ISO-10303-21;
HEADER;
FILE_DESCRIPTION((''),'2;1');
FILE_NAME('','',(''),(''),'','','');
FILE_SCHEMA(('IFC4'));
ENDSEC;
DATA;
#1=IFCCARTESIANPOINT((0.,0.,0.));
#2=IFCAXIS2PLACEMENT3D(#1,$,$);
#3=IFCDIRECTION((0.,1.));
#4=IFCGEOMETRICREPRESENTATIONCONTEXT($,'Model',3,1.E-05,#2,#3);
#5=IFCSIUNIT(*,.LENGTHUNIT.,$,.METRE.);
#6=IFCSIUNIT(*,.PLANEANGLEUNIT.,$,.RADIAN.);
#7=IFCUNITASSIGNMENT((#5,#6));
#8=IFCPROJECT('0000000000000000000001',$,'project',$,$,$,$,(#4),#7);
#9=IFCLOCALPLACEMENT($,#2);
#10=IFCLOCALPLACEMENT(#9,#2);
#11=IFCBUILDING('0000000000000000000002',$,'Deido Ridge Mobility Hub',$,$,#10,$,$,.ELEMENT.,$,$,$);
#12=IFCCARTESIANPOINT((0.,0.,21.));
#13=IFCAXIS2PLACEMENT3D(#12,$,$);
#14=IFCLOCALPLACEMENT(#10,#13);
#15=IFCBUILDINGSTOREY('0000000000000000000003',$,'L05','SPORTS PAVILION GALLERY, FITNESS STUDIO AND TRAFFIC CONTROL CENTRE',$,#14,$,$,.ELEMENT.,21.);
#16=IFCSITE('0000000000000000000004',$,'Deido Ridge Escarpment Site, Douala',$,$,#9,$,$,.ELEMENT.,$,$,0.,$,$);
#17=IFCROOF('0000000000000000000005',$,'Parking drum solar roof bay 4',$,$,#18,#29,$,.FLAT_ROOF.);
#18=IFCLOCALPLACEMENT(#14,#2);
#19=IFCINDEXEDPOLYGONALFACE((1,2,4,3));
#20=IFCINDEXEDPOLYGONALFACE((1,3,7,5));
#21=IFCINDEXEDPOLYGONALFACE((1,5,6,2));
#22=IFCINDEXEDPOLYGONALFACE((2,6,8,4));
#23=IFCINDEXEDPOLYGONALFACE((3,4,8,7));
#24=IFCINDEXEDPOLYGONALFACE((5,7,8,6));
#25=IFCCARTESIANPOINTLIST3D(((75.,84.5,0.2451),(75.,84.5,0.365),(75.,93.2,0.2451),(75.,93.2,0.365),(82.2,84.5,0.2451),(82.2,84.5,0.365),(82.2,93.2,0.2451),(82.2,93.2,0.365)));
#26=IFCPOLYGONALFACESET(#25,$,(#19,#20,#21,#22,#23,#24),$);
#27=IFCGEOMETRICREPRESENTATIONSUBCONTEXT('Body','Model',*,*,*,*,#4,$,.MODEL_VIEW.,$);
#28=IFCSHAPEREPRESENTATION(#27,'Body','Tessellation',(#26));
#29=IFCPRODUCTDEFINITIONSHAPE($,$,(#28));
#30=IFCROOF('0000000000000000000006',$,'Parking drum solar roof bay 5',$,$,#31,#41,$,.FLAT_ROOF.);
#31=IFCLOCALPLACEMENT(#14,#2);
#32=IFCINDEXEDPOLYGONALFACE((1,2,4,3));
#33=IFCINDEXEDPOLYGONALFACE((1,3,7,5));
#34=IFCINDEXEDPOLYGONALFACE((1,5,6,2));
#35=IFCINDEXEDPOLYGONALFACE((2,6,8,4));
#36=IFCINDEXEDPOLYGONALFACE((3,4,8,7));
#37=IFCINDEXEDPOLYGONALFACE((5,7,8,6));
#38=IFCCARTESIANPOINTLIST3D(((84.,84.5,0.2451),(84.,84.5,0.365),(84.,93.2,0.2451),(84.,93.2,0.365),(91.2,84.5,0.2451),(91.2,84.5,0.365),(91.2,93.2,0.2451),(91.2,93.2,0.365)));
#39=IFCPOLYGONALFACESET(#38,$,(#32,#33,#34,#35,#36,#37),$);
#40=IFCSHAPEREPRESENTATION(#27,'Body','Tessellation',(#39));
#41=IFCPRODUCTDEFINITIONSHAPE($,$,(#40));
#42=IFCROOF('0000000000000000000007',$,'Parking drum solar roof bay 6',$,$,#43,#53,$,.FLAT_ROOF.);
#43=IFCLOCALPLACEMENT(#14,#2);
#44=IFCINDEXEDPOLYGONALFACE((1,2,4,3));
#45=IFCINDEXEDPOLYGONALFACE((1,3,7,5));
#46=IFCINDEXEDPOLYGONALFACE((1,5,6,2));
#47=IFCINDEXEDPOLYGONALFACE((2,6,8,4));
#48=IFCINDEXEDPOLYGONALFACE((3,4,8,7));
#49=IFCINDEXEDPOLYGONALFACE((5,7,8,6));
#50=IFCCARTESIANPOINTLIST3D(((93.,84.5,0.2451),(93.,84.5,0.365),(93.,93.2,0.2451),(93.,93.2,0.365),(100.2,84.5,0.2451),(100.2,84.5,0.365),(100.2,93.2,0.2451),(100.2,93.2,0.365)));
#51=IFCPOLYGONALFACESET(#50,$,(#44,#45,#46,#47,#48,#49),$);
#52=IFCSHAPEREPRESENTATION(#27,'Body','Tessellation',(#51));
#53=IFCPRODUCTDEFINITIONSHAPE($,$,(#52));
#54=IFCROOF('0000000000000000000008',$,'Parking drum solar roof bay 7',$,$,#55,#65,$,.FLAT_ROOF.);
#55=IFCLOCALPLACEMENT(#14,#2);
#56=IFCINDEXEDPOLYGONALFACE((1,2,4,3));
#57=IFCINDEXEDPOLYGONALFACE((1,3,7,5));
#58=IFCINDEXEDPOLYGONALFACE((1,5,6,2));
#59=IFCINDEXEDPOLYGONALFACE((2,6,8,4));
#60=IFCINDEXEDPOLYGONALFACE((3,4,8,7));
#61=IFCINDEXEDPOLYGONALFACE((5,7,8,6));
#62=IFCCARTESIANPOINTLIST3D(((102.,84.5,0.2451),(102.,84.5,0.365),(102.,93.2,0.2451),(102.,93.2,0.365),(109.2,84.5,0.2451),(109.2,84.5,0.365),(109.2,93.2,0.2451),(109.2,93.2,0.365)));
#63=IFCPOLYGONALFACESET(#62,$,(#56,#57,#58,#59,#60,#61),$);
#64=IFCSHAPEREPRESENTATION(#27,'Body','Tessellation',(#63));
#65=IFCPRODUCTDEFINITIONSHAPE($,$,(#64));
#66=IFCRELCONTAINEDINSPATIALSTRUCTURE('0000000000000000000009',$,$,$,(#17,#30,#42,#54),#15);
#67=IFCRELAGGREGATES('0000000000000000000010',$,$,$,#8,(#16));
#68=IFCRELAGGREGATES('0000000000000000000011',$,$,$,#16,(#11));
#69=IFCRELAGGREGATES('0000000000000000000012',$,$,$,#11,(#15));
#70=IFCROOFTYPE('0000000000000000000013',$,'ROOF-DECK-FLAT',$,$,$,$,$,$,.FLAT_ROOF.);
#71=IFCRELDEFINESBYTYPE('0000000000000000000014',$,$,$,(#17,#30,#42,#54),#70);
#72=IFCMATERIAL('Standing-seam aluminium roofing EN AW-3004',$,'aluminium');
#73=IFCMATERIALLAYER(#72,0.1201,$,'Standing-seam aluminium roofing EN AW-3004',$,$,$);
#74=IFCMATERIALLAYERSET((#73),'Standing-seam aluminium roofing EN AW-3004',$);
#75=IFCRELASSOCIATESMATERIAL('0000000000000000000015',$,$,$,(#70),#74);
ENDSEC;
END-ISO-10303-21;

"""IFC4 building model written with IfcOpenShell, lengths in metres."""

from ifc_helpers import new_model, si_unit, direction, frame, origin, place, context, subcontext, project, spatial, polyline, outline, extrude, material, layer, layer_set, type_object, element, save


model = new_model("IFC4")

# Units and contexts
model_context = context("Model", 3, precision=1e-05, world=origin(), true_north=direction((0.0, 1.0)))
body_context = subcontext(model_context, "Body", "Model", "MODEL_VIEW")
ifc_project = project(units=[si_unit("LENGTHUNIT", "METRE"), si_unit("PLANEANGLEUNIT", "RADIAN")], contexts=[model_context])

# Site, building, storey
site_placement = place(None, origin())
site = spatial("IfcSite", under=ifc_project, at=site_placement, Name="Deido Ridge Escarpment Site, Douala", CompositionType="ELEMENT", RefElevation=0.0)
building_placement = place(site_placement, origin())
building = spatial("IfcBuilding", under=site, at=building_placement, Name="Deido Ridge Mobility Hub", CompositionType="ELEMENT")
storey_placement = place(building_placement, frame((0.0, 0.0, 21.0)))
storey = spatial("IfcBuildingStorey", under=building, at=storey_placement, Name="L05", Description="SPORTS PAVILION GALLERY, FITNESS STUDIO AND TRAFFIC CONTROL CENTRE", CompositionType="ELEMENT", Elevation=21.0)

# Roofs
ifc_material = material(Name="Standing-seam aluminium roofing EN AW-3004", Category="aluminium")
ifc_layer = layer(ifc_material, 0.1201, Name="Standing-seam aluminium roofing EN AW-3004")
ifc_layer_set = layer_set([ifc_layer], Name="Standing-seam aluminium roofing EN AW-3004")
roof_type = type_object("IfcRoofType", Name="ROOF-DECK-FLAT", PredefinedType="FLAT_ROOF", material=ifc_layer_set)
roof_1_placement = place(storey_placement, frame((0.0, 0.0, 0.2451)))
element("IfcRoof", 1, at=roof_1_placement, inside=storey, type_object=roof_type, Name="Parking drum solar roof bay 4", PredefinedType="FLAT_ROOF", context=body_context, shape_type="SweptSolid", body=[
    extrude(outline(polyline([(75.0, 84.5), (82.2, 84.5), (82.2, 93.2), (75.0, 93.2), (75.0, 84.5)])), origin(), (0.0, 0.0, 1.0), 0.1199),
])
roof_2_placement = place(storey_placement, frame((0.0, 0.0, 0.2451)))
element("IfcRoof", 2, at=roof_2_placement, inside=storey, type_object=roof_type, Name="Parking drum solar roof bay 5", PredefinedType="FLAT_ROOF", context=body_context, shape_type="SweptSolid", body=[
    extrude(outline(polyline([(84.0, 84.5), (91.2, 84.5), (91.2, 93.2), (84.0, 93.2), (84.0, 84.5)])), origin(), (0.0, 0.0, 1.0), 0.1199),
])
roof_3_placement = place(storey_placement, frame((0.0, 0.0, 0.2451)))
element("IfcRoof", 3, at=roof_3_placement, inside=storey, type_object=roof_type, Name="Parking drum solar roof bay 6", PredefinedType="FLAT_ROOF", context=body_context, shape_type="SweptSolid", body=[
    extrude(outline(polyline([(93.0, 84.5), (100.2, 84.5), (100.2, 93.2), (93.0, 93.2), (93.0, 84.5)])), origin(), (0.0, 0.0, 1.0), 0.1199),
])
roof_4_placement = place(storey_placement, frame((0.0, 0.0, 0.2451)))
element("IfcRoof", 4, at=roof_4_placement, inside=storey, type_object=roof_type, Name="Parking drum solar roof bay 7", PredefinedType="FLAT_ROOF", context=body_context, shape_type="SweptSolid", body=[
    extrude(outline(polyline([(102.0, 84.5), (109.2, 84.5), (109.2, 93.2), (102.0, 93.2), (102.0, 84.5)])), origin(), (0.0, 0.0, 1.0), 0.1199),
])

save(model, "model.ifc")
